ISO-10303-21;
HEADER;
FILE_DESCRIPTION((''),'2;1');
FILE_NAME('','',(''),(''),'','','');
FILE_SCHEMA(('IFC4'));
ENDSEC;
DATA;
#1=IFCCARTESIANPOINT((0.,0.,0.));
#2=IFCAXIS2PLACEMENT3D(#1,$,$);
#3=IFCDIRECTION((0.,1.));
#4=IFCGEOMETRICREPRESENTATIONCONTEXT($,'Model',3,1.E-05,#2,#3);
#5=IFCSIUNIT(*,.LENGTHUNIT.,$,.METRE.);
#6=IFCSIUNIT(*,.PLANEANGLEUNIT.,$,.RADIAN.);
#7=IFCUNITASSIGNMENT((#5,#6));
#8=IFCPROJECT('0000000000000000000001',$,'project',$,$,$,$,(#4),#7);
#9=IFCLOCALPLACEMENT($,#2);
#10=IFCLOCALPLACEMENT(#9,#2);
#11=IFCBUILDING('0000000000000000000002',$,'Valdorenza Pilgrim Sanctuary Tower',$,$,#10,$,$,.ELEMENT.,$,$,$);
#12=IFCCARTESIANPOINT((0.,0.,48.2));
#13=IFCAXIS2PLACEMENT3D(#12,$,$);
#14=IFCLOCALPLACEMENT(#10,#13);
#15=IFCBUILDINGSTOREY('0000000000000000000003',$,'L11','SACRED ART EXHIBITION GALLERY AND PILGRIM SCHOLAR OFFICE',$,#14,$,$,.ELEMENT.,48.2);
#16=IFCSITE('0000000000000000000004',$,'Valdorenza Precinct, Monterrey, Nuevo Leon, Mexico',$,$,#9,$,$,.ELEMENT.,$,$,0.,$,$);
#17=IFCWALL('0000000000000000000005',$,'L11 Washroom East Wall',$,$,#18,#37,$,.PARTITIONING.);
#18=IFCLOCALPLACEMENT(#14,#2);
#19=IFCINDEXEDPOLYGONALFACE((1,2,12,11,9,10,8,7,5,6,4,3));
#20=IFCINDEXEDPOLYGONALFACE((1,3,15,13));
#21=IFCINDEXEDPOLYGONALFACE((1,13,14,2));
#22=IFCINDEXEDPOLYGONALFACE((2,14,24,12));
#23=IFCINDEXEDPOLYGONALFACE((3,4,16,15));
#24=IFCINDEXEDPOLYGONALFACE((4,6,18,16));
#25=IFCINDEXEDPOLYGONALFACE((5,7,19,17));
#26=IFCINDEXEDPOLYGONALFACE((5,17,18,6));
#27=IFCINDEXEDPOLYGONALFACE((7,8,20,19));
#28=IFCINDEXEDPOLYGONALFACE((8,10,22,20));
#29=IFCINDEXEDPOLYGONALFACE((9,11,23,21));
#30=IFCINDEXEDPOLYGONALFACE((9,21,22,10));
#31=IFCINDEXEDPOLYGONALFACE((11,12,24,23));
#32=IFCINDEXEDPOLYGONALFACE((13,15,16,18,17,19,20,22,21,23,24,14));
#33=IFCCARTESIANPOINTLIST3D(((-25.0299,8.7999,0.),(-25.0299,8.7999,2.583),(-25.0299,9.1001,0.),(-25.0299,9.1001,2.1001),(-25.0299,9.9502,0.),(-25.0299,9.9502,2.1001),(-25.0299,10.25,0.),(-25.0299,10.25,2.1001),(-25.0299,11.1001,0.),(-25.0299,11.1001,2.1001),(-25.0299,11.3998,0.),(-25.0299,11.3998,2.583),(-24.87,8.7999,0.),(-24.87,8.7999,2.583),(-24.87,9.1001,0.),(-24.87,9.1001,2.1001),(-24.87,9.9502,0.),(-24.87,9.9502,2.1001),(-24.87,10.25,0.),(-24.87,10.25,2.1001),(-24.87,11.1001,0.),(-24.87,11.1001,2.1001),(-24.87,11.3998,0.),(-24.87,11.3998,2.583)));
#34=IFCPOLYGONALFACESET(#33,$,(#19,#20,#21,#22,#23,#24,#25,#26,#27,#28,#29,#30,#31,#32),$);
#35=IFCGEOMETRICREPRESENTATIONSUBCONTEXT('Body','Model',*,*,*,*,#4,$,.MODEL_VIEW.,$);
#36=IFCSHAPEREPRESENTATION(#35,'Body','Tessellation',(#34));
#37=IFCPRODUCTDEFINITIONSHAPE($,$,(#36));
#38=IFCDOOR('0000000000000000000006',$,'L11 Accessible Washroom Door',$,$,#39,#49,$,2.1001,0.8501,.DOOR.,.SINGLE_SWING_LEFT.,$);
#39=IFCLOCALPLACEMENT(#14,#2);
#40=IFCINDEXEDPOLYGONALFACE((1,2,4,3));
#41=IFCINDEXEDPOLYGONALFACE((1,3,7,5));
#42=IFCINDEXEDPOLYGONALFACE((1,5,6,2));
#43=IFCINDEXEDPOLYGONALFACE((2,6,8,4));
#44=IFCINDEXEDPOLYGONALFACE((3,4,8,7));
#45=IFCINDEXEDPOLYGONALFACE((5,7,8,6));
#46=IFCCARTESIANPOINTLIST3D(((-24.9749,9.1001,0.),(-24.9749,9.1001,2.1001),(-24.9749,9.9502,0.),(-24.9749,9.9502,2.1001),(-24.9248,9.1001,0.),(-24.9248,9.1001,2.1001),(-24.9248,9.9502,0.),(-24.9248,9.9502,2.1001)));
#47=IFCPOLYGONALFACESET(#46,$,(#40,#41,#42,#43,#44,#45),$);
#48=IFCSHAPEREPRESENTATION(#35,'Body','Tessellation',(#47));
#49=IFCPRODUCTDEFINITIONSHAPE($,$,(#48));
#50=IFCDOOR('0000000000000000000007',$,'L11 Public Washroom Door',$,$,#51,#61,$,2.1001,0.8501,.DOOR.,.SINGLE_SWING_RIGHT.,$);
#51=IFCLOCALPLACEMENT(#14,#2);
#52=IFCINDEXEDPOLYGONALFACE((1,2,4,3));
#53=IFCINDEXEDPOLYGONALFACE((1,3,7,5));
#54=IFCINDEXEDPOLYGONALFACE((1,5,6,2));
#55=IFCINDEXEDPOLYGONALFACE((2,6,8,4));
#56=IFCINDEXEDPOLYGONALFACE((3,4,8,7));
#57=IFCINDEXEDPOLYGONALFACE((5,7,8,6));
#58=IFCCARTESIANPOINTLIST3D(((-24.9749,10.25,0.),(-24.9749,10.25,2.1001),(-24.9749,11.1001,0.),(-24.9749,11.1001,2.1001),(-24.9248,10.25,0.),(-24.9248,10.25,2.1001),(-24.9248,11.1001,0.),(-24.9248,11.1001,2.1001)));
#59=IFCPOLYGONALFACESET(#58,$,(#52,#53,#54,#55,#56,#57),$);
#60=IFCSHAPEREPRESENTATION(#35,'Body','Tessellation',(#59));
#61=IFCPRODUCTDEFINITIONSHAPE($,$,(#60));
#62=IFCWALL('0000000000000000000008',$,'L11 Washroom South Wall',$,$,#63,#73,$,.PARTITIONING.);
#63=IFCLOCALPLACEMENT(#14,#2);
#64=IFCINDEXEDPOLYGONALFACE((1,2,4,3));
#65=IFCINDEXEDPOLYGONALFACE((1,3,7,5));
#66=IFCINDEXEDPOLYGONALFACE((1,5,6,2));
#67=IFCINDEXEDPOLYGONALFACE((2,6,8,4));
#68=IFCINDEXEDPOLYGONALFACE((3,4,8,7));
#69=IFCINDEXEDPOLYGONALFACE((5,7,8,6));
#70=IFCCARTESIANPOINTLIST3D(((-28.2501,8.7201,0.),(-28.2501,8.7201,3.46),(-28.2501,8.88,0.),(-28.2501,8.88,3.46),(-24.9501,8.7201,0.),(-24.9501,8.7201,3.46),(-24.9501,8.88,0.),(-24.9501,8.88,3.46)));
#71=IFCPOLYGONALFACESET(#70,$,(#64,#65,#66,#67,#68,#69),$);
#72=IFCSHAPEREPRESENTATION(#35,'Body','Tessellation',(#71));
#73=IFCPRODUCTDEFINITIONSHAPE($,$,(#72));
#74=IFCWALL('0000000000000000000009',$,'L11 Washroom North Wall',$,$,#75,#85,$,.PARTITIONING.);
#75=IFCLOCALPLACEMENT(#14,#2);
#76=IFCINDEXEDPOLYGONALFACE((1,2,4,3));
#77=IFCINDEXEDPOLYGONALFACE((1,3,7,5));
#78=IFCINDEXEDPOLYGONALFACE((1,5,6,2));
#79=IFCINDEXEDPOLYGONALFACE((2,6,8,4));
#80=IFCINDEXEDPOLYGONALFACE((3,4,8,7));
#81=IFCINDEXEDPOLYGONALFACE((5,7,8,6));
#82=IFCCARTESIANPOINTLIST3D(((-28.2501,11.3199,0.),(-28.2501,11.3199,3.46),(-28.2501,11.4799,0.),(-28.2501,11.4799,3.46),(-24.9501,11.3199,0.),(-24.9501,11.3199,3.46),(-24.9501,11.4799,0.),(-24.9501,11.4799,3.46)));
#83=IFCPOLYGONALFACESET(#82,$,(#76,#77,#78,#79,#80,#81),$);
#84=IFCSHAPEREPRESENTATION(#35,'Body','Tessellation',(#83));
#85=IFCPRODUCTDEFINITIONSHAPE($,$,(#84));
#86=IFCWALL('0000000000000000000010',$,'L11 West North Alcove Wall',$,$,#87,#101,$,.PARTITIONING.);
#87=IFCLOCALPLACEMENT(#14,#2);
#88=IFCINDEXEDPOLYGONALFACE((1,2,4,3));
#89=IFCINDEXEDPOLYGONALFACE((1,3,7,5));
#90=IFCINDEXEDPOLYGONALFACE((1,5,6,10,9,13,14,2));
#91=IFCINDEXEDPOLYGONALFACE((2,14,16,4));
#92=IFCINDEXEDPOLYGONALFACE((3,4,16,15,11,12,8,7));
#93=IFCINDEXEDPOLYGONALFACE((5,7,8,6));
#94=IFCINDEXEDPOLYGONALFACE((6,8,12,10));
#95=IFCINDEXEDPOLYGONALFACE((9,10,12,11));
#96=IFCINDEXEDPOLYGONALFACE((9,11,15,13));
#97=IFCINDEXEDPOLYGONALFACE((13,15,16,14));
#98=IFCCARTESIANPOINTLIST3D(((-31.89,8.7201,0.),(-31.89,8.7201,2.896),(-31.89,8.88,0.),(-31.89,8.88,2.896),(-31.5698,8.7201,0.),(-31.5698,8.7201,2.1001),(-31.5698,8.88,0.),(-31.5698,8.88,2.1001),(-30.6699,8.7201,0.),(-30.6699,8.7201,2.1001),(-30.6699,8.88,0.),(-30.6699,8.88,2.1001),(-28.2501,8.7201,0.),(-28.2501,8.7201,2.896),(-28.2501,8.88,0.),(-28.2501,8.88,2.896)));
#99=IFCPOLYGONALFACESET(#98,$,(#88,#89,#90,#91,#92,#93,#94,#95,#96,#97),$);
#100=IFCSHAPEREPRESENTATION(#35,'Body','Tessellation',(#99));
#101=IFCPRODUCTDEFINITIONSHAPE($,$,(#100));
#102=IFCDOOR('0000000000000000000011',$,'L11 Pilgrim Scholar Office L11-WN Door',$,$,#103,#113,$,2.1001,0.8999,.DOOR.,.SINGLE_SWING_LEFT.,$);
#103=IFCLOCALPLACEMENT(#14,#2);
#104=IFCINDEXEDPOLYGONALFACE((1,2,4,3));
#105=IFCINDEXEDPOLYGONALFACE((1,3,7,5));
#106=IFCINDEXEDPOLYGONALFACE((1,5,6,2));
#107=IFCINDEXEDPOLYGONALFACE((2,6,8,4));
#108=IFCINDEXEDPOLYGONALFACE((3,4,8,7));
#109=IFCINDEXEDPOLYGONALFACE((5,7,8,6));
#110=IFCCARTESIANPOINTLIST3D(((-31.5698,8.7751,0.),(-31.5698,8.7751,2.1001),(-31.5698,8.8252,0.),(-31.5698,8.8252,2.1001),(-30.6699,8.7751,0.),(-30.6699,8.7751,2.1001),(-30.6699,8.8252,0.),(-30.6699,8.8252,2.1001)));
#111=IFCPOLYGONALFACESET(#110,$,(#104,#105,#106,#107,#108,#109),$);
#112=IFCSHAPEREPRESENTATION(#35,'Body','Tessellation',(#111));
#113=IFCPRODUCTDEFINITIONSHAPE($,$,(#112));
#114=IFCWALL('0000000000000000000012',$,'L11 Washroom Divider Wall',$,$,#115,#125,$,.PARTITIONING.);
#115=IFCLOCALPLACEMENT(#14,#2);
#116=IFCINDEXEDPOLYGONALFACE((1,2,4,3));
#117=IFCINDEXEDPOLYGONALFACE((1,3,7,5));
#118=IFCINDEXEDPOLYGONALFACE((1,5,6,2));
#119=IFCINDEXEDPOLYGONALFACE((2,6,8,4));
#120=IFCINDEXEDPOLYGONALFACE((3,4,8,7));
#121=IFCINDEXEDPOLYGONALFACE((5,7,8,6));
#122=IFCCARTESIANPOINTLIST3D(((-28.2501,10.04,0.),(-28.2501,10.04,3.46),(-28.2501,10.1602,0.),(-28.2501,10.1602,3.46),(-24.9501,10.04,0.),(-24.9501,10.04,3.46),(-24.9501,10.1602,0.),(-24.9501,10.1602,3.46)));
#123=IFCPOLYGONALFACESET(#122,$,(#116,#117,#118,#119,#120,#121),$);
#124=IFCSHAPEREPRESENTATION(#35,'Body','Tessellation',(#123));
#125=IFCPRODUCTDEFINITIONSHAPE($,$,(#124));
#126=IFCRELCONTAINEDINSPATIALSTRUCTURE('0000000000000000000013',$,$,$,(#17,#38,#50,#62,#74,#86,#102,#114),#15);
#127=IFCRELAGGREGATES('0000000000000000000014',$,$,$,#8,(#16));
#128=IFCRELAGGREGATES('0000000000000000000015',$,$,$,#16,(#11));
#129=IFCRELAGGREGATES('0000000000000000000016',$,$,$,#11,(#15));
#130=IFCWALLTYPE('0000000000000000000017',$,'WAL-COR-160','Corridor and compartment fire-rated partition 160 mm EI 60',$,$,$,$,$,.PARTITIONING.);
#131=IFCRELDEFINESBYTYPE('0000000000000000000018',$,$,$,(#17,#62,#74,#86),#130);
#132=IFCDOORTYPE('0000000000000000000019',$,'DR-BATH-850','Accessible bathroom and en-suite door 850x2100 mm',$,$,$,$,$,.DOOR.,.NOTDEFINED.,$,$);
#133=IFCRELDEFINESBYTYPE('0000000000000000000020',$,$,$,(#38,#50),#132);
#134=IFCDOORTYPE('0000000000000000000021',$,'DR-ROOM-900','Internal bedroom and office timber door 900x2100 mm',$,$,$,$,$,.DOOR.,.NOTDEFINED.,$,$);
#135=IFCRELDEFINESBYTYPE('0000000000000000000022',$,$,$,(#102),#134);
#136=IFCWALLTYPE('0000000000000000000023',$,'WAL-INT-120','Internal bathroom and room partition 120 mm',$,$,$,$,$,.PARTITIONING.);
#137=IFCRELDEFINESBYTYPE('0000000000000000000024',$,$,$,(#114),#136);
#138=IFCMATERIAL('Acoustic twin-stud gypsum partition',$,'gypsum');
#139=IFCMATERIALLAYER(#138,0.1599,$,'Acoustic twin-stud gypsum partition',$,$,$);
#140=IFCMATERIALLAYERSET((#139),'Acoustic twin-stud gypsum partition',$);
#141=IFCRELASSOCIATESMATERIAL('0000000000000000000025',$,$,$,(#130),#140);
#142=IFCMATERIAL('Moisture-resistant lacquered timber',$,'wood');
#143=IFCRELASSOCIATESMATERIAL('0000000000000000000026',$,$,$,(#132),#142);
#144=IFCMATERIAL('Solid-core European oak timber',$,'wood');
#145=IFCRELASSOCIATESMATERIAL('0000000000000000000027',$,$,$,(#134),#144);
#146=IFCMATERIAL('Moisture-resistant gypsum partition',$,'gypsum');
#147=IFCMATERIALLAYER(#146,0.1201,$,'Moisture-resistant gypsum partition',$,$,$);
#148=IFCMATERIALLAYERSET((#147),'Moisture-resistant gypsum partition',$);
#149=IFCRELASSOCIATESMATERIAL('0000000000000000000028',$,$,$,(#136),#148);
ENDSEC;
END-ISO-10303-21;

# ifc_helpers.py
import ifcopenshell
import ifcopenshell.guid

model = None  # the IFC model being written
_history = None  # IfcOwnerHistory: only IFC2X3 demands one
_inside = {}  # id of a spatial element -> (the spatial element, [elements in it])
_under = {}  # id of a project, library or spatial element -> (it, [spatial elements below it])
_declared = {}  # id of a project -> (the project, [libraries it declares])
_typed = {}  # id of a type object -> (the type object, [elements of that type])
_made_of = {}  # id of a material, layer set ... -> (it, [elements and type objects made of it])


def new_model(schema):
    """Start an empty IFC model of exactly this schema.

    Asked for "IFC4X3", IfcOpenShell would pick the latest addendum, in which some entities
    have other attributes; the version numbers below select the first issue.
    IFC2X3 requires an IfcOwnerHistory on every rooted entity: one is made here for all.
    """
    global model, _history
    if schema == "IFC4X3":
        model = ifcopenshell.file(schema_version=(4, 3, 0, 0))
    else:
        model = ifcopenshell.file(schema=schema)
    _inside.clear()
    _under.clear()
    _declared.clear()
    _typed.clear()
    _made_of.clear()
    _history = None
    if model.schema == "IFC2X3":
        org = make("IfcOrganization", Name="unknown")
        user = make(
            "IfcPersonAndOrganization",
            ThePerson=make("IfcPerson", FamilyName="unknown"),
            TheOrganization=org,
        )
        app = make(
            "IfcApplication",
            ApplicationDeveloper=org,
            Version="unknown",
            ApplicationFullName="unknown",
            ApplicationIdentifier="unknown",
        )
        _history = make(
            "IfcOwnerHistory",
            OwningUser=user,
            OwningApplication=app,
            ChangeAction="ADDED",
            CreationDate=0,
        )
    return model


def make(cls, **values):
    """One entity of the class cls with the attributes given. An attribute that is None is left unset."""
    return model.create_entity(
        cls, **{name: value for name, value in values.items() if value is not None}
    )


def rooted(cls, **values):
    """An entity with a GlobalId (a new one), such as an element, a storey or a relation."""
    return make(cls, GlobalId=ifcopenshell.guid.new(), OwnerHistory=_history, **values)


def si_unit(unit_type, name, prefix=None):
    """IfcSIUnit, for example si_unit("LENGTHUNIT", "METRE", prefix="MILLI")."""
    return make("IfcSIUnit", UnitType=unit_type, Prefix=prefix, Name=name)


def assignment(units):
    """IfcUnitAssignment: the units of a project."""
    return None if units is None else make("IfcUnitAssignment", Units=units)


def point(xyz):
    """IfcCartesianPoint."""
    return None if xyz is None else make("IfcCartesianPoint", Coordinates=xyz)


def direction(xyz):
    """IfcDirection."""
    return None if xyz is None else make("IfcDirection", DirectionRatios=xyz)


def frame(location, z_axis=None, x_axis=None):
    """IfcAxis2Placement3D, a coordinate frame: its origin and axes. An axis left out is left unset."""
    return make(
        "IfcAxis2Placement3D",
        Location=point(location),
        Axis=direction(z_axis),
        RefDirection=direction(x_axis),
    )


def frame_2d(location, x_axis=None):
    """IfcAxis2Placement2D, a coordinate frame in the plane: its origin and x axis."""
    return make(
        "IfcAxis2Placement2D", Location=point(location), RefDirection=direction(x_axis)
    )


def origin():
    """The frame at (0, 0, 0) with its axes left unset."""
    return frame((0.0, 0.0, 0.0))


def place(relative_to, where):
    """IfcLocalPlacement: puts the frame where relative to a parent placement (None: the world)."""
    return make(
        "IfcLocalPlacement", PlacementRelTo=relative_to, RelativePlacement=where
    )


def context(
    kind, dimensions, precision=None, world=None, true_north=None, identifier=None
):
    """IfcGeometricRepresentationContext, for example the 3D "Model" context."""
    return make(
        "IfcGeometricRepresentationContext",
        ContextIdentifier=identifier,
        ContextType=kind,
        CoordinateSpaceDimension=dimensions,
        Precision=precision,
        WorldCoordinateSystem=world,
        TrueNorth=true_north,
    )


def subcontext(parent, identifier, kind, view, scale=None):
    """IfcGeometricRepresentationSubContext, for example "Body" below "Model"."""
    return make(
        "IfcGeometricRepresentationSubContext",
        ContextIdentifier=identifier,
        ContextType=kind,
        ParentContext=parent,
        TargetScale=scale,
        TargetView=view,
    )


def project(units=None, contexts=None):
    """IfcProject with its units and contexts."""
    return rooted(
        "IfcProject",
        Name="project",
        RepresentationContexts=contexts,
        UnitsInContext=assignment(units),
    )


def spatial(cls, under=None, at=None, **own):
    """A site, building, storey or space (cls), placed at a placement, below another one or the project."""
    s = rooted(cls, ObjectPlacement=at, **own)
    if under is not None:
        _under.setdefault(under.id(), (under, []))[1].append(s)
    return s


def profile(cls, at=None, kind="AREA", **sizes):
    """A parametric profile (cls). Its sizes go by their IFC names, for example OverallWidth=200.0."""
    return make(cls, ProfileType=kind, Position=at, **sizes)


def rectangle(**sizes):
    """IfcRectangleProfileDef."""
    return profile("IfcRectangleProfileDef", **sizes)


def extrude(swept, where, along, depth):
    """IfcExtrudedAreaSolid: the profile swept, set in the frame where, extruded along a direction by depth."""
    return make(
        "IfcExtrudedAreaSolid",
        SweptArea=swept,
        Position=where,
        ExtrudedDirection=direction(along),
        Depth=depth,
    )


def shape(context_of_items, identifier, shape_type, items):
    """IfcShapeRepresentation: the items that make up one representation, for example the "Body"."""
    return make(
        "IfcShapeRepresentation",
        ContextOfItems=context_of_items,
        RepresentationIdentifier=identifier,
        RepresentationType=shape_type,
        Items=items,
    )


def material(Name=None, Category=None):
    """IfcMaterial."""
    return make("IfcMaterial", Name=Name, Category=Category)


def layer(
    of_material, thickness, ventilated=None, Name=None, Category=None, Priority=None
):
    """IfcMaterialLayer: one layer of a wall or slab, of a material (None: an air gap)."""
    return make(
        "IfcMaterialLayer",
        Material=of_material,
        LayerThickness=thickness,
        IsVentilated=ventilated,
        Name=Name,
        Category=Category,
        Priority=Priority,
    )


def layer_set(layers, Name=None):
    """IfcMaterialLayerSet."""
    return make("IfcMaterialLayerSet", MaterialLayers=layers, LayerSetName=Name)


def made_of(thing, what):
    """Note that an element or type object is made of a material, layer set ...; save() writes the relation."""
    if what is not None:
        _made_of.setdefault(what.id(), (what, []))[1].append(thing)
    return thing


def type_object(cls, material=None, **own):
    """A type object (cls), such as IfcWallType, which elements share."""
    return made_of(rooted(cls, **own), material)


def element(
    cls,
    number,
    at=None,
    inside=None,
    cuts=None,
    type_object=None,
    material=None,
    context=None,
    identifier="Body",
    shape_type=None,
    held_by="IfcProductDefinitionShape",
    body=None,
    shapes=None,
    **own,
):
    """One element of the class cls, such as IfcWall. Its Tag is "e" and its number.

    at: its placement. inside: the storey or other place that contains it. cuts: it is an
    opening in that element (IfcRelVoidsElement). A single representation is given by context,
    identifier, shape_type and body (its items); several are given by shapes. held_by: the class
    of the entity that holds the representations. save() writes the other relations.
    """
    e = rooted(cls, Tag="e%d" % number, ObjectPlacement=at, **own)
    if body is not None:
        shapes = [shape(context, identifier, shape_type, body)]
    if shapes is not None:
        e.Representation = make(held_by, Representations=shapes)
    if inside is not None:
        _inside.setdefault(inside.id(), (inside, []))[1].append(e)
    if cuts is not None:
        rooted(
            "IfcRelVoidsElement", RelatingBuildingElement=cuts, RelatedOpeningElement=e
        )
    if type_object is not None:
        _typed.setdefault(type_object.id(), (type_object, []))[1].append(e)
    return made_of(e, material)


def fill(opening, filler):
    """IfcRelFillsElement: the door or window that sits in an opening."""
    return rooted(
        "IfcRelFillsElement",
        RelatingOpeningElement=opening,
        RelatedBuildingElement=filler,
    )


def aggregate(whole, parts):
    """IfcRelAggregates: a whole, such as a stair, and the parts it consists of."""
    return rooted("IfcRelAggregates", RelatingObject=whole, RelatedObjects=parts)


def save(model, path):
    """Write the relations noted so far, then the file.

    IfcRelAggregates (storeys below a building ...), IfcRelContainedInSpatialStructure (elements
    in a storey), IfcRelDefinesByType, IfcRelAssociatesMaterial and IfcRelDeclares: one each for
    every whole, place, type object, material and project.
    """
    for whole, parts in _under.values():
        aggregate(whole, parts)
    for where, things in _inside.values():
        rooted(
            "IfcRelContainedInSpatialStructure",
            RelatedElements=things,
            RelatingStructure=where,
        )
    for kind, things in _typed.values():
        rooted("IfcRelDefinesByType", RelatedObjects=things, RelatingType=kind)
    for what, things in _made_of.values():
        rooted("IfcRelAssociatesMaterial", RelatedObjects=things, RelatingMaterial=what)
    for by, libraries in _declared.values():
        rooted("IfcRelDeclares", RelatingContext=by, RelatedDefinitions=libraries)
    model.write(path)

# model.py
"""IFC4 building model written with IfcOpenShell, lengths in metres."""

from ifc_helpers import new_model, si_unit, direction, frame, frame_2d, origin, place, context, subcontext, project, spatial, rectangle, extrude, material, layer, layer_set, type_object, element, fill, save


model = new_model("IFC4")

# Units and contexts
model_context = context("Model", 3, precision=1e-05, world=origin(), true_north=direction((0.0, 1.0)))
body_context = subcontext(model_context, "Body", "Model", "MODEL_VIEW")
ifc_project = project(units=[si_unit("LENGTHUNIT", "METRE"), si_unit("PLANEANGLEUNIT", "RADIAN")], contexts=[model_context])

# Site, building, storey
site_placement = place(None, origin())
site = spatial("IfcSite", under=ifc_project, at=site_placement, Name="Valdorenza Precinct, Monterrey, Nuevo Leon, Mexico", CompositionType="ELEMENT", RefElevation=0.0)
building_placement = place(site_placement, origin())
building = spatial("IfcBuilding", under=site, at=building_placement, Name="Valdorenza Pilgrim Sanctuary Tower", CompositionType="ELEMENT")
storey_placement = place(building_placement, frame((0.0, 0.0, 48.2)))
storey = spatial("IfcBuildingStorey", under=building, at=storey_placement, Name="L11", Description="SACRED ART EXHIBITION GALLERY AND PILGRIM SCHOLAR OFFICE", CompositionType="ELEMENT", Elevation=48.2)

# Shared definitions
ifc_material_1 = material(Name="Acoustic twin-stud gypsum partition", Category="gypsum")
ifc_layer_1 = layer(ifc_material_1, 0.1599, Name="Acoustic twin-stud gypsum partition")
ifc_layer_set_1 = layer_set([ifc_layer_1], Name="Acoustic twin-stud gypsum partition")
wall_type_1 = type_object("IfcWallType", Name="WAL-COR-160", Description="Corridor and compartment fire-rated partition 160 mm EI 60", PredefinedType="PARTITIONING", material=ifc_layer_set_1)

# Wall, openings, doors
wall_1_placement = place(storey_placement, frame((-24.95, 8.8, 0.0), z_axis=(0.0, 0.0, 1.0), x_axis=(0.0, 1.0, 0.0)))
wall_1 = element("IfcWall", 1, at=wall_1_placement, inside=storey, type_object=wall_type_1, Name="L11 Washroom East Wall", PredefinedType="PARTITIONING", context=body_context, shape_type="SweptSolid", body=[
    extrude(rectangle(XDim=2.5999, YDim=0.1599, at=frame_2d((1.2998, 0.0))), origin(), (0.0, 0.0, 1.0), 2.583),
])
opening_1_placement = place(wall_1_placement, frame((0.3, 0.0, 0.0)))
opening_1 = element("IfcOpeningElement", 2, at=opening_1_placement, cuts=wall_1, PredefinedType="OPENING", context=body_context, shape_type="SweptSolid", body=[
    extrude(rectangle(XDim=0.8501, YDim=2.1001, at=frame_2d((0.425, 1.05))), frame((0.0, 0.0947, 0.0), z_axis=(0.0, -1.0, 0.0), x_axis=(1.0, 0.0, 0.0)), (0.0, 0.0, 1.0), 0.1897),
])
opening_2_placement = place(wall_1_placement, frame((1.45, 0.0, 0.0)))
opening_2 = element("IfcOpeningElement", 3, at=opening_2_placement, cuts=wall_1, PredefinedType="OPENING", context=body_context, shape_type="SweptSolid", body=[
    extrude(rectangle(XDim=0.8501, YDim=2.1001, at=frame_2d((0.425, 1.05))), frame((0.0, 0.0947, 0.0), z_axis=(0.0, -1.0, 0.0), x_axis=(1.0, 0.0, 0.0)), (0.0, 0.0, 1.0), 0.1897),
])
ifc_material_2 = material(Name="Moisture-resistant lacquered timber", Category="wood")
door_type_1 = type_object("IfcDoorType", Name="DR-BATH-850", Description="Accessible bathroom and en-suite door 850x2100 mm", OperationType="NOTDEFINED", PredefinedType="DOOR", material=ifc_material_2)
door_1_placement = place(opening_1_placement, origin())
door_1 = element("IfcDoor", 4, at=door_1_placement, inside=storey, type_object=door_type_1, Name="L11 Accessible Washroom Door", OperationType="SINGLE_SWING_LEFT", OverallHeight=2.1001, OverallWidth=0.8501, PredefinedType="DOOR", context=body_context, shape_type="SweptSolid", body=[
    extrude(rectangle(XDim=0.8501, YDim=2.1001, at=frame_2d((0.425, 1.05))), frame((0.0, 0.0249, 0.0), z_axis=(0.0, -1.0, 0.0), x_axis=(1.0, 0.0, 0.0)), (0.0, 0.0, 1.0), 0.05),
])
fill(opening_1, door_1)
door_2_placement = place(opening_2_placement, origin())
door_2 = element("IfcDoor", 5, at=door_2_placement, inside=storey, type_object=door_type_1, Name="L11 Public Washroom Door", OperationType="SINGLE_SWING_RIGHT", OverallHeight=2.1001, OverallWidth=0.8501, PredefinedType="DOOR", context=body_context, shape_type="SweptSolid", body=[
    extrude(rectangle(XDim=0.8501, YDim=2.1001, at=frame_2d((0.425, 1.05))), frame((0.0, 0.0249, 0.0), z_axis=(0.0, -1.0, 0.0), x_axis=(1.0, 0.0, 0.0)), (0.0, 0.0, 1.0), 0.05),
])
fill(opening_2, door_2)

# Walls
for number, where, z_axis, x_axis, name in (
    (6, (-28.25, 8.8, 0.0), (0.0, 0.0, 1.0), (1.0, 0.0, 0.0), "L11 Washroom South Wall"),
    (7, (-28.25, 11.3999, 0.0), (0.0, 0.0, 1.0), (1.0, 0.0, 0.0), "L11 Washroom North Wall"),
):
    element("IfcWall", number, at=place(storey_placement, frame(where, z_axis=z_axis, x_axis=x_axis)), inside=storey, type_object=wall_type_1, Name=name, PredefinedType="PARTITIONING", context=body_context, shape_type="SweptSolid", body=[
        extrude(rectangle(XDim=3.3, YDim=0.1599, at=frame_2d((1.6499, 0.0))), origin(), (0.0, 0.0, 1.0), 3.46),
    ])

# Wall, opening, door
wall_2_placement = place(storey_placement, frame((-31.8899, 8.8, 0.0), z_axis=(0.0, 0.0, 1.0), x_axis=(1.0, 0.0, 0.0)))
wall_2 = element("IfcWall", 8, at=wall_2_placement, inside=storey, type_object=wall_type_1, Name="L11 West North Alcove Wall", PredefinedType="PARTITIONING", context=body_context, shape_type="SweptSolid", body=[
    extrude(rectangle(XDim=3.6399, YDim=0.1599, at=frame_2d((1.8198, 0.0))), origin(), (0.0, 0.0, 1.0), 2.896),
])
opening_3_placement = place(wall_2_placement, frame((0.3201, 0.0, 0.0)))
opening_3 = element("IfcOpeningElement", 9, at=opening_3_placement, cuts=wall_2, PredefinedType="OPENING", context=body_context, shape_type="SweptSolid", body=[
    extrude(rectangle(XDim=0.8999, YDim=2.1001, at=frame_2d((0.45, 1.05))), frame((0.0, 0.0947, 0.0), z_axis=(0.0, -1.0, 0.0), x_axis=(1.0, 0.0, 0.0)), (0.0, 0.0, 1.0), 0.1897),
])
ifc_material_3 = material(Name="Solid-core European oak timber", Category="wood")
door_type_2 = type_object("IfcDoorType", Name="DR-ROOM-900", Description="Internal bedroom and office timber door 900x2100 mm", OperationType="NOTDEFINED", PredefinedType="DOOR", material=ifc_material_3)
door_3_placement = place(opening_3_placement, frame((0.8999, 0.0, 0.0), z_axis=(0.0, 0.0, 1.0), x_axis=(-1.0, 0.0, 0.0)))
door_3 = element("IfcDoor", 10, at=door_3_placement, inside=storey, type_object=door_type_2, Name="L11 Pilgrim Scholar Office L11-WN Door", OperationType="SINGLE_SWING_LEFT", OverallHeight=2.1001, OverallWidth=0.8999, PredefinedType="DOOR", context=body_context, shape_type="SweptSolid", body=[
    extrude(rectangle(XDim=0.8999, YDim=2.1001, at=frame_2d((0.45, 1.05))), frame((0.0, 0.0249, 0.0), z_axis=(0.0, -1.0, 0.0), x_axis=(1.0, 0.0, 0.0)), (0.0, 0.0, 1.0), 0.05),
])
fill(opening_3, door_3)

# Wall
ifc_material_4 = material(Name="Moisture-resistant gypsum partition", Category="gypsum")
ifc_layer_2 = layer(ifc_material_4, 0.1201, Name="Moisture-resistant gypsum partition")
ifc_layer_set_2 = layer_set([ifc_layer_2], Name="Moisture-resistant gypsum partition")
wall_type_2 = type_object("IfcWallType", Name="WAL-INT-120", Description="Internal bathroom and room partition 120 mm", PredefinedType="PARTITIONING", material=ifc_layer_set_2)
wall_3_placement = place(storey_placement, frame((-28.25, 10.1001, 0.0), z_axis=(0.0, 0.0, 1.0), x_axis=(1.0, 0.0, 0.0)))
element("IfcWall", 11, at=wall_3_placement, inside=storey, type_object=wall_type_2, Name="L11 Washroom Divider Wall", PredefinedType="PARTITIONING", context=body_context, shape_type="SweptSolid", body=[
    extrude(rectangle(XDim=3.3, YDim=0.1201, at=frame_2d((1.6499, 0.0))), origin(), (0.0, 0.0, 1.0), 3.46),
])

save(model, "model.ifc")
